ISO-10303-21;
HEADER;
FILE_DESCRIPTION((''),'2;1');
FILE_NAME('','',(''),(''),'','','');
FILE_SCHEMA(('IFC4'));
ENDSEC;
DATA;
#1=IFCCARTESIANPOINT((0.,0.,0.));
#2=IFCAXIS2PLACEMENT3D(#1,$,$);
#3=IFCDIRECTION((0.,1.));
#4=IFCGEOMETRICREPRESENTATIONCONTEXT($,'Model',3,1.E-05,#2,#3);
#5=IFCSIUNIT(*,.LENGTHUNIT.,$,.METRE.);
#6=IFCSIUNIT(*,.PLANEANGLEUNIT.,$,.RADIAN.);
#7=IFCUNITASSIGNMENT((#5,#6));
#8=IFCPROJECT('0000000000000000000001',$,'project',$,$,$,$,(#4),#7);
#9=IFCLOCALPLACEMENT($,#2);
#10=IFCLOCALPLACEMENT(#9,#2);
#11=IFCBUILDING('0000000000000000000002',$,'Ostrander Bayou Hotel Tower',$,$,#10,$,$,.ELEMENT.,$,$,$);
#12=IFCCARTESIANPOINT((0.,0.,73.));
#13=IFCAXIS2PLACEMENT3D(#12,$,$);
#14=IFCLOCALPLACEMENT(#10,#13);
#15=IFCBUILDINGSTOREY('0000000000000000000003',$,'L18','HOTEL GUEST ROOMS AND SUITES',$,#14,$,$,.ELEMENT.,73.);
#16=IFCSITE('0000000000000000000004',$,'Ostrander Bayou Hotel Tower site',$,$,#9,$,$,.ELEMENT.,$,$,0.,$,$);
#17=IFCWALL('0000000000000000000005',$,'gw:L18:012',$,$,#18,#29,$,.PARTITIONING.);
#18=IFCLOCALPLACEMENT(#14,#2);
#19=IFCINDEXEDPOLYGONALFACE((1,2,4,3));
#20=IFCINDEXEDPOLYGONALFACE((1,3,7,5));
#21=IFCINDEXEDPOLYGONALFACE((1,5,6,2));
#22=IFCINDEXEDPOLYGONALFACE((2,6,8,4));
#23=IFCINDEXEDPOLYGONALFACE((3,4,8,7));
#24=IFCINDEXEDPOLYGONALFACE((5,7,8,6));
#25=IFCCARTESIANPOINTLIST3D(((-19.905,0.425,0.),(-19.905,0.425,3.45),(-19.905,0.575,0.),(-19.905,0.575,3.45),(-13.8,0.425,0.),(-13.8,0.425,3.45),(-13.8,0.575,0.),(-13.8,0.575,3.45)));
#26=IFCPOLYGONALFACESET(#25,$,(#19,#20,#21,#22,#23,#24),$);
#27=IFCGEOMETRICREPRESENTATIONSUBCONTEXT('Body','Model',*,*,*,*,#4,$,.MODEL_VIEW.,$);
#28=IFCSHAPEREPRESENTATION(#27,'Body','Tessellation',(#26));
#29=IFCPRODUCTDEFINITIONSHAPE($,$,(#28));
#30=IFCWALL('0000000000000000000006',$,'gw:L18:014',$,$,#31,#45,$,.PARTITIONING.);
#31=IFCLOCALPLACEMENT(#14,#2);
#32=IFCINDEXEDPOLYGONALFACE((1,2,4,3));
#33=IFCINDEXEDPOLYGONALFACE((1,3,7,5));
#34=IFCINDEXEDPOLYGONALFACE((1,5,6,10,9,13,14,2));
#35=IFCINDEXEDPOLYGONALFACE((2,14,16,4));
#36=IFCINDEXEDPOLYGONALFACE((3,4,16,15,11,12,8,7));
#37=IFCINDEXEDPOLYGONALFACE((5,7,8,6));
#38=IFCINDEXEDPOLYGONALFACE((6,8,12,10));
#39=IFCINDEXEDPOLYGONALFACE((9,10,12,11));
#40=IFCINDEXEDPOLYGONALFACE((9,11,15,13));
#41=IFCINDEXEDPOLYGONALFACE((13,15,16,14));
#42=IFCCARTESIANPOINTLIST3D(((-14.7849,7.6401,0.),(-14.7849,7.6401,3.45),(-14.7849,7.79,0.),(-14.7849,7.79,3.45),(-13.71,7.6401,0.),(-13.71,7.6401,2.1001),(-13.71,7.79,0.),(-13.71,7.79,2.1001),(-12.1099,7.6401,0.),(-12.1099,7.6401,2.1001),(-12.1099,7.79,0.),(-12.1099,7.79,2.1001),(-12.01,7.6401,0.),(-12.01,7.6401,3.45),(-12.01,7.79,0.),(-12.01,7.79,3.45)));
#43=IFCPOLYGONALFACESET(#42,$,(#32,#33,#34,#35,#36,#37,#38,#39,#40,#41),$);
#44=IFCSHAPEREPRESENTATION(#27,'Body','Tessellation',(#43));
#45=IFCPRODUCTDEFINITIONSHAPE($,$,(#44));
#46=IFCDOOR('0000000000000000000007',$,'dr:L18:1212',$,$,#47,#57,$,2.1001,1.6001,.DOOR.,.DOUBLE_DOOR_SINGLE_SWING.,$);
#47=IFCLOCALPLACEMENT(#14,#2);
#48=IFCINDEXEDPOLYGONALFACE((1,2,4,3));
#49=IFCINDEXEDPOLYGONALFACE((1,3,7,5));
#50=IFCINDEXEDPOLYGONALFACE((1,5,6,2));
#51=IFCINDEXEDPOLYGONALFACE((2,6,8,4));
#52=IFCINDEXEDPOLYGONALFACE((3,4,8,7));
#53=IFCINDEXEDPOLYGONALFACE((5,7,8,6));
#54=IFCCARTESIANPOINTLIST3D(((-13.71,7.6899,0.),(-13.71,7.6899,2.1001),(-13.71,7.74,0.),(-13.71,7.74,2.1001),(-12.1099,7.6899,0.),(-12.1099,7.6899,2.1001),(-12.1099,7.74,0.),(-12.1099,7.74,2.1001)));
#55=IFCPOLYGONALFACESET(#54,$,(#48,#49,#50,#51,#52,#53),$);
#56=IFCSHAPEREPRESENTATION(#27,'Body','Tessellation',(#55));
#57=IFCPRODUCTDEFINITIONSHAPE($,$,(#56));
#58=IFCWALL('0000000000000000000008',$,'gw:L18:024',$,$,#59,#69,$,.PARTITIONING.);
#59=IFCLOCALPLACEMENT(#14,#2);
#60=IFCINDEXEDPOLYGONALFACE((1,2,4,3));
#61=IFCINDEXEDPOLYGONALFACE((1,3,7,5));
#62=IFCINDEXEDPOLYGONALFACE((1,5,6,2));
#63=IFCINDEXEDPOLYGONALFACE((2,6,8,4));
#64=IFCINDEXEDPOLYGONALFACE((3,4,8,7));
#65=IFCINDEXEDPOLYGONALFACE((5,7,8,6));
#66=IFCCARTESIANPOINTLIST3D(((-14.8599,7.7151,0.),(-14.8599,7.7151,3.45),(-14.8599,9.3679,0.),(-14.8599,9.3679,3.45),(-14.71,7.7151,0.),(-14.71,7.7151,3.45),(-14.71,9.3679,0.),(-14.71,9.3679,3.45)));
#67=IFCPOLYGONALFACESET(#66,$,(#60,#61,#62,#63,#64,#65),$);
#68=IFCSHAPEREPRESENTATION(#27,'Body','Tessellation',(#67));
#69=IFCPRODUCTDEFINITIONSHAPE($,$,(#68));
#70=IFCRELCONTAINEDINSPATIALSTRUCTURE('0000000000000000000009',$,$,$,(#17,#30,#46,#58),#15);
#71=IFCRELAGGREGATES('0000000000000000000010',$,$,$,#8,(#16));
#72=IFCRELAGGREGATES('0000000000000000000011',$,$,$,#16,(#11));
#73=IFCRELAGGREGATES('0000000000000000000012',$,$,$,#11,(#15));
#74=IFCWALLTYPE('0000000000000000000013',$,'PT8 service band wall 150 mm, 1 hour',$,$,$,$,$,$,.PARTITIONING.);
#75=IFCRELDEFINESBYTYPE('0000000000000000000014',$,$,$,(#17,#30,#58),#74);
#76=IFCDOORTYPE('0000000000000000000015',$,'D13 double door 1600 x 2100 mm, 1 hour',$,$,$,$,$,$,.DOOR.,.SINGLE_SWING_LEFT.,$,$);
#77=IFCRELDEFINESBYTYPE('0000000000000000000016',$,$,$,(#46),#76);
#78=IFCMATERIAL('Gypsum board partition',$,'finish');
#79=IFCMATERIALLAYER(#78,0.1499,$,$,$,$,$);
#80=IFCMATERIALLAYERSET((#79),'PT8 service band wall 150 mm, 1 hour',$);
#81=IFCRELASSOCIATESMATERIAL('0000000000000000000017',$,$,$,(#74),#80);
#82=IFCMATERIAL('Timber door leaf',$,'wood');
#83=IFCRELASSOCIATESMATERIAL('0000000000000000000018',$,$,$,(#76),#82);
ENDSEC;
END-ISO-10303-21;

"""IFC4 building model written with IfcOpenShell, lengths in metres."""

from ifc_helpers import new_model, si_unit, direction, frame, frame_2d, origin, place, context, subcontext, project, spatial, rectangle, extrude, material, layer, layer_set, type_object, element, fill, save


model = new_model("IFC4")

# Units and contexts
model_context = context("Model", 3, precision=1e-05, world=origin(), true_north=direction((0.0, 1.0)))
body_context = subcontext(model_context, "Body", "Model", "MODEL_VIEW")
ifc_project = project(units=[si_unit("LENGTHUNIT", "METRE"), si_unit("PLANEANGLEUNIT", "RADIAN")], contexts=[model_context])

# Site, building, storey
site_placement = place(None, origin())
site = spatial("IfcSite", under=ifc_project, at=site_placement, Name="Ostrander Bayou Hotel Tower site", CompositionType="ELEMENT", RefElevation=0.0)
building_placement = place(site_placement, origin())
building = spatial("IfcBuilding", under=site, at=building_placement, Name="Ostrander Bayou Hotel Tower", CompositionType="ELEMENT")
storey_placement = place(building_placement, frame((0.0, 0.0, 73.0)))
storey = spatial("IfcBuildingStorey", under=building, at=storey_placement, Name="L18", Description="HOTEL GUEST ROOMS AND SUITES", CompositionType="ELEMENT", Elevation=73.0)

# Wall
ifc_material_1 = material(Name="Gypsum board partition", Category="finish")
ifc_layer_1 = layer(ifc_material_1, 0.1499)
ifc_layer_set_1 = layer_set([ifc_layer_1], Name="PT8 service band wall 150 mm, 1 hour")
wall_type_1 = type_object("IfcWallType", Name="PT8 service band wall 150 mm, 1 hour", PredefinedType="PARTITIONING", material=ifc_layer_set_1)
wall_1_placement = place(storey_placement, frame((-19.905, 0.5, 0.0), z_axis=(0.0, 0.0, 1.0), x_axis=(1.0, 0.0, 0.0)))
element("IfcWall", 1, at=wall_1_placement, inside=storey, type_object=wall_type_1, Name="gw:L18:012", PredefinedType="PARTITIONING", context=body_context, shape_type="SweptSolid", body=[
    extrude(rectangle(XDim=6.105, YDim=0.1499, at=frame_2d((3.0525, 0.0))), origin(), (0.0, 0.0, 1.0), 3.45),
])

# Wall, opening, door
wall_2_placement = place(storey_placement, frame((-14.7849, 7.7151, 0.0), z_axis=(0.0, 0.0, 1.0), x_axis=(1.0, 0.0, 0.0)))
wall_2 = element("IfcWall", 2, at=wall_2_placement, inside=storey, type_object=wall_type_1, Name="gw:L18:014", PredefinedType="PARTITIONING", context=body_context, shape_type="SweptSolid", body=[
    extrude(rectangle(XDim=2.7749, YDim=0.1499, at=frame_2d((1.3875, 0.0))), origin(), (0.0, 0.0, 1.0), 3.45),
])
opening_1_placement = place(wall_2_placement, frame((1.075, 0.0, 0.0)))
opening_1 = element("IfcOpeningElement", 3, at=opening_1_placement, cuts=wall_2, PredefinedType="OPENING", context=body_context, shape_type="SweptSolid", body=[
    extrude(rectangle(XDim=1.6001, YDim=2.1001, at=frame_2d((0.8, 1.05))), frame((0.0, 0.075, 0.0), z_axis=(0.0, -1.0, 0.0), x_axis=(1.0, 0.0, 0.0)), (0.0, 0.0, 1.0), 0.1499),
])
ifc_material_2 = material(Name="Timber door leaf", Category="wood")
door_type_1 = type_object("IfcDoorType", Name="D13 double door 1600 x 2100 mm, 1 hour", OperationType="SINGLE_SWING_LEFT", PredefinedType="DOOR", material=ifc_material_2)
door_1_placement = place(opening_1_placement, origin())
door_1 = element("IfcDoor", 4, at=door_1_placement, inside=storey, type_object=door_type_1, Name="dr:L18:1212", OperationType="DOUBLE_DOOR_SINGLE_SWING", OverallHeight=2.1001, OverallWidth=1.6001, PredefinedType="DOOR", context=body_context, shape_type="SweptSolid", body=[
    extrude(rectangle(XDim=1.6001, YDim=2.1001, at=frame_2d((0.8, 1.05))), frame((0.0, 0.0249, 0.0), z_axis=(0.0, -1.0, 0.0), x_axis=(1.0, 0.0, 0.0)), (0.0, 0.0, 1.0), 0.05),
])
fill(opening_1, door_1)

# Wall
wall_3_placement = place(storey_placement, frame((-14.7849, 7.7151, 0.0), z_axis=(0.0, 0.0, 1.0), x_axis=(0.0, 1.0, 0.0)))
element("IfcWall", 5, at=wall_3_placement, inside=storey, type_object=wall_type_1, Name="gw:L18:024", PredefinedType="PARTITIONING", context=body_context, shape_type="SweptSolid", body=[
    extrude(rectangle(XDim=1.6528, YDim=0.1499, at=frame_2d((0.8264, 0.0))), origin(), (0.0, 0.0, 1.0), 3.45),
])

save(model, "model.ifc")
